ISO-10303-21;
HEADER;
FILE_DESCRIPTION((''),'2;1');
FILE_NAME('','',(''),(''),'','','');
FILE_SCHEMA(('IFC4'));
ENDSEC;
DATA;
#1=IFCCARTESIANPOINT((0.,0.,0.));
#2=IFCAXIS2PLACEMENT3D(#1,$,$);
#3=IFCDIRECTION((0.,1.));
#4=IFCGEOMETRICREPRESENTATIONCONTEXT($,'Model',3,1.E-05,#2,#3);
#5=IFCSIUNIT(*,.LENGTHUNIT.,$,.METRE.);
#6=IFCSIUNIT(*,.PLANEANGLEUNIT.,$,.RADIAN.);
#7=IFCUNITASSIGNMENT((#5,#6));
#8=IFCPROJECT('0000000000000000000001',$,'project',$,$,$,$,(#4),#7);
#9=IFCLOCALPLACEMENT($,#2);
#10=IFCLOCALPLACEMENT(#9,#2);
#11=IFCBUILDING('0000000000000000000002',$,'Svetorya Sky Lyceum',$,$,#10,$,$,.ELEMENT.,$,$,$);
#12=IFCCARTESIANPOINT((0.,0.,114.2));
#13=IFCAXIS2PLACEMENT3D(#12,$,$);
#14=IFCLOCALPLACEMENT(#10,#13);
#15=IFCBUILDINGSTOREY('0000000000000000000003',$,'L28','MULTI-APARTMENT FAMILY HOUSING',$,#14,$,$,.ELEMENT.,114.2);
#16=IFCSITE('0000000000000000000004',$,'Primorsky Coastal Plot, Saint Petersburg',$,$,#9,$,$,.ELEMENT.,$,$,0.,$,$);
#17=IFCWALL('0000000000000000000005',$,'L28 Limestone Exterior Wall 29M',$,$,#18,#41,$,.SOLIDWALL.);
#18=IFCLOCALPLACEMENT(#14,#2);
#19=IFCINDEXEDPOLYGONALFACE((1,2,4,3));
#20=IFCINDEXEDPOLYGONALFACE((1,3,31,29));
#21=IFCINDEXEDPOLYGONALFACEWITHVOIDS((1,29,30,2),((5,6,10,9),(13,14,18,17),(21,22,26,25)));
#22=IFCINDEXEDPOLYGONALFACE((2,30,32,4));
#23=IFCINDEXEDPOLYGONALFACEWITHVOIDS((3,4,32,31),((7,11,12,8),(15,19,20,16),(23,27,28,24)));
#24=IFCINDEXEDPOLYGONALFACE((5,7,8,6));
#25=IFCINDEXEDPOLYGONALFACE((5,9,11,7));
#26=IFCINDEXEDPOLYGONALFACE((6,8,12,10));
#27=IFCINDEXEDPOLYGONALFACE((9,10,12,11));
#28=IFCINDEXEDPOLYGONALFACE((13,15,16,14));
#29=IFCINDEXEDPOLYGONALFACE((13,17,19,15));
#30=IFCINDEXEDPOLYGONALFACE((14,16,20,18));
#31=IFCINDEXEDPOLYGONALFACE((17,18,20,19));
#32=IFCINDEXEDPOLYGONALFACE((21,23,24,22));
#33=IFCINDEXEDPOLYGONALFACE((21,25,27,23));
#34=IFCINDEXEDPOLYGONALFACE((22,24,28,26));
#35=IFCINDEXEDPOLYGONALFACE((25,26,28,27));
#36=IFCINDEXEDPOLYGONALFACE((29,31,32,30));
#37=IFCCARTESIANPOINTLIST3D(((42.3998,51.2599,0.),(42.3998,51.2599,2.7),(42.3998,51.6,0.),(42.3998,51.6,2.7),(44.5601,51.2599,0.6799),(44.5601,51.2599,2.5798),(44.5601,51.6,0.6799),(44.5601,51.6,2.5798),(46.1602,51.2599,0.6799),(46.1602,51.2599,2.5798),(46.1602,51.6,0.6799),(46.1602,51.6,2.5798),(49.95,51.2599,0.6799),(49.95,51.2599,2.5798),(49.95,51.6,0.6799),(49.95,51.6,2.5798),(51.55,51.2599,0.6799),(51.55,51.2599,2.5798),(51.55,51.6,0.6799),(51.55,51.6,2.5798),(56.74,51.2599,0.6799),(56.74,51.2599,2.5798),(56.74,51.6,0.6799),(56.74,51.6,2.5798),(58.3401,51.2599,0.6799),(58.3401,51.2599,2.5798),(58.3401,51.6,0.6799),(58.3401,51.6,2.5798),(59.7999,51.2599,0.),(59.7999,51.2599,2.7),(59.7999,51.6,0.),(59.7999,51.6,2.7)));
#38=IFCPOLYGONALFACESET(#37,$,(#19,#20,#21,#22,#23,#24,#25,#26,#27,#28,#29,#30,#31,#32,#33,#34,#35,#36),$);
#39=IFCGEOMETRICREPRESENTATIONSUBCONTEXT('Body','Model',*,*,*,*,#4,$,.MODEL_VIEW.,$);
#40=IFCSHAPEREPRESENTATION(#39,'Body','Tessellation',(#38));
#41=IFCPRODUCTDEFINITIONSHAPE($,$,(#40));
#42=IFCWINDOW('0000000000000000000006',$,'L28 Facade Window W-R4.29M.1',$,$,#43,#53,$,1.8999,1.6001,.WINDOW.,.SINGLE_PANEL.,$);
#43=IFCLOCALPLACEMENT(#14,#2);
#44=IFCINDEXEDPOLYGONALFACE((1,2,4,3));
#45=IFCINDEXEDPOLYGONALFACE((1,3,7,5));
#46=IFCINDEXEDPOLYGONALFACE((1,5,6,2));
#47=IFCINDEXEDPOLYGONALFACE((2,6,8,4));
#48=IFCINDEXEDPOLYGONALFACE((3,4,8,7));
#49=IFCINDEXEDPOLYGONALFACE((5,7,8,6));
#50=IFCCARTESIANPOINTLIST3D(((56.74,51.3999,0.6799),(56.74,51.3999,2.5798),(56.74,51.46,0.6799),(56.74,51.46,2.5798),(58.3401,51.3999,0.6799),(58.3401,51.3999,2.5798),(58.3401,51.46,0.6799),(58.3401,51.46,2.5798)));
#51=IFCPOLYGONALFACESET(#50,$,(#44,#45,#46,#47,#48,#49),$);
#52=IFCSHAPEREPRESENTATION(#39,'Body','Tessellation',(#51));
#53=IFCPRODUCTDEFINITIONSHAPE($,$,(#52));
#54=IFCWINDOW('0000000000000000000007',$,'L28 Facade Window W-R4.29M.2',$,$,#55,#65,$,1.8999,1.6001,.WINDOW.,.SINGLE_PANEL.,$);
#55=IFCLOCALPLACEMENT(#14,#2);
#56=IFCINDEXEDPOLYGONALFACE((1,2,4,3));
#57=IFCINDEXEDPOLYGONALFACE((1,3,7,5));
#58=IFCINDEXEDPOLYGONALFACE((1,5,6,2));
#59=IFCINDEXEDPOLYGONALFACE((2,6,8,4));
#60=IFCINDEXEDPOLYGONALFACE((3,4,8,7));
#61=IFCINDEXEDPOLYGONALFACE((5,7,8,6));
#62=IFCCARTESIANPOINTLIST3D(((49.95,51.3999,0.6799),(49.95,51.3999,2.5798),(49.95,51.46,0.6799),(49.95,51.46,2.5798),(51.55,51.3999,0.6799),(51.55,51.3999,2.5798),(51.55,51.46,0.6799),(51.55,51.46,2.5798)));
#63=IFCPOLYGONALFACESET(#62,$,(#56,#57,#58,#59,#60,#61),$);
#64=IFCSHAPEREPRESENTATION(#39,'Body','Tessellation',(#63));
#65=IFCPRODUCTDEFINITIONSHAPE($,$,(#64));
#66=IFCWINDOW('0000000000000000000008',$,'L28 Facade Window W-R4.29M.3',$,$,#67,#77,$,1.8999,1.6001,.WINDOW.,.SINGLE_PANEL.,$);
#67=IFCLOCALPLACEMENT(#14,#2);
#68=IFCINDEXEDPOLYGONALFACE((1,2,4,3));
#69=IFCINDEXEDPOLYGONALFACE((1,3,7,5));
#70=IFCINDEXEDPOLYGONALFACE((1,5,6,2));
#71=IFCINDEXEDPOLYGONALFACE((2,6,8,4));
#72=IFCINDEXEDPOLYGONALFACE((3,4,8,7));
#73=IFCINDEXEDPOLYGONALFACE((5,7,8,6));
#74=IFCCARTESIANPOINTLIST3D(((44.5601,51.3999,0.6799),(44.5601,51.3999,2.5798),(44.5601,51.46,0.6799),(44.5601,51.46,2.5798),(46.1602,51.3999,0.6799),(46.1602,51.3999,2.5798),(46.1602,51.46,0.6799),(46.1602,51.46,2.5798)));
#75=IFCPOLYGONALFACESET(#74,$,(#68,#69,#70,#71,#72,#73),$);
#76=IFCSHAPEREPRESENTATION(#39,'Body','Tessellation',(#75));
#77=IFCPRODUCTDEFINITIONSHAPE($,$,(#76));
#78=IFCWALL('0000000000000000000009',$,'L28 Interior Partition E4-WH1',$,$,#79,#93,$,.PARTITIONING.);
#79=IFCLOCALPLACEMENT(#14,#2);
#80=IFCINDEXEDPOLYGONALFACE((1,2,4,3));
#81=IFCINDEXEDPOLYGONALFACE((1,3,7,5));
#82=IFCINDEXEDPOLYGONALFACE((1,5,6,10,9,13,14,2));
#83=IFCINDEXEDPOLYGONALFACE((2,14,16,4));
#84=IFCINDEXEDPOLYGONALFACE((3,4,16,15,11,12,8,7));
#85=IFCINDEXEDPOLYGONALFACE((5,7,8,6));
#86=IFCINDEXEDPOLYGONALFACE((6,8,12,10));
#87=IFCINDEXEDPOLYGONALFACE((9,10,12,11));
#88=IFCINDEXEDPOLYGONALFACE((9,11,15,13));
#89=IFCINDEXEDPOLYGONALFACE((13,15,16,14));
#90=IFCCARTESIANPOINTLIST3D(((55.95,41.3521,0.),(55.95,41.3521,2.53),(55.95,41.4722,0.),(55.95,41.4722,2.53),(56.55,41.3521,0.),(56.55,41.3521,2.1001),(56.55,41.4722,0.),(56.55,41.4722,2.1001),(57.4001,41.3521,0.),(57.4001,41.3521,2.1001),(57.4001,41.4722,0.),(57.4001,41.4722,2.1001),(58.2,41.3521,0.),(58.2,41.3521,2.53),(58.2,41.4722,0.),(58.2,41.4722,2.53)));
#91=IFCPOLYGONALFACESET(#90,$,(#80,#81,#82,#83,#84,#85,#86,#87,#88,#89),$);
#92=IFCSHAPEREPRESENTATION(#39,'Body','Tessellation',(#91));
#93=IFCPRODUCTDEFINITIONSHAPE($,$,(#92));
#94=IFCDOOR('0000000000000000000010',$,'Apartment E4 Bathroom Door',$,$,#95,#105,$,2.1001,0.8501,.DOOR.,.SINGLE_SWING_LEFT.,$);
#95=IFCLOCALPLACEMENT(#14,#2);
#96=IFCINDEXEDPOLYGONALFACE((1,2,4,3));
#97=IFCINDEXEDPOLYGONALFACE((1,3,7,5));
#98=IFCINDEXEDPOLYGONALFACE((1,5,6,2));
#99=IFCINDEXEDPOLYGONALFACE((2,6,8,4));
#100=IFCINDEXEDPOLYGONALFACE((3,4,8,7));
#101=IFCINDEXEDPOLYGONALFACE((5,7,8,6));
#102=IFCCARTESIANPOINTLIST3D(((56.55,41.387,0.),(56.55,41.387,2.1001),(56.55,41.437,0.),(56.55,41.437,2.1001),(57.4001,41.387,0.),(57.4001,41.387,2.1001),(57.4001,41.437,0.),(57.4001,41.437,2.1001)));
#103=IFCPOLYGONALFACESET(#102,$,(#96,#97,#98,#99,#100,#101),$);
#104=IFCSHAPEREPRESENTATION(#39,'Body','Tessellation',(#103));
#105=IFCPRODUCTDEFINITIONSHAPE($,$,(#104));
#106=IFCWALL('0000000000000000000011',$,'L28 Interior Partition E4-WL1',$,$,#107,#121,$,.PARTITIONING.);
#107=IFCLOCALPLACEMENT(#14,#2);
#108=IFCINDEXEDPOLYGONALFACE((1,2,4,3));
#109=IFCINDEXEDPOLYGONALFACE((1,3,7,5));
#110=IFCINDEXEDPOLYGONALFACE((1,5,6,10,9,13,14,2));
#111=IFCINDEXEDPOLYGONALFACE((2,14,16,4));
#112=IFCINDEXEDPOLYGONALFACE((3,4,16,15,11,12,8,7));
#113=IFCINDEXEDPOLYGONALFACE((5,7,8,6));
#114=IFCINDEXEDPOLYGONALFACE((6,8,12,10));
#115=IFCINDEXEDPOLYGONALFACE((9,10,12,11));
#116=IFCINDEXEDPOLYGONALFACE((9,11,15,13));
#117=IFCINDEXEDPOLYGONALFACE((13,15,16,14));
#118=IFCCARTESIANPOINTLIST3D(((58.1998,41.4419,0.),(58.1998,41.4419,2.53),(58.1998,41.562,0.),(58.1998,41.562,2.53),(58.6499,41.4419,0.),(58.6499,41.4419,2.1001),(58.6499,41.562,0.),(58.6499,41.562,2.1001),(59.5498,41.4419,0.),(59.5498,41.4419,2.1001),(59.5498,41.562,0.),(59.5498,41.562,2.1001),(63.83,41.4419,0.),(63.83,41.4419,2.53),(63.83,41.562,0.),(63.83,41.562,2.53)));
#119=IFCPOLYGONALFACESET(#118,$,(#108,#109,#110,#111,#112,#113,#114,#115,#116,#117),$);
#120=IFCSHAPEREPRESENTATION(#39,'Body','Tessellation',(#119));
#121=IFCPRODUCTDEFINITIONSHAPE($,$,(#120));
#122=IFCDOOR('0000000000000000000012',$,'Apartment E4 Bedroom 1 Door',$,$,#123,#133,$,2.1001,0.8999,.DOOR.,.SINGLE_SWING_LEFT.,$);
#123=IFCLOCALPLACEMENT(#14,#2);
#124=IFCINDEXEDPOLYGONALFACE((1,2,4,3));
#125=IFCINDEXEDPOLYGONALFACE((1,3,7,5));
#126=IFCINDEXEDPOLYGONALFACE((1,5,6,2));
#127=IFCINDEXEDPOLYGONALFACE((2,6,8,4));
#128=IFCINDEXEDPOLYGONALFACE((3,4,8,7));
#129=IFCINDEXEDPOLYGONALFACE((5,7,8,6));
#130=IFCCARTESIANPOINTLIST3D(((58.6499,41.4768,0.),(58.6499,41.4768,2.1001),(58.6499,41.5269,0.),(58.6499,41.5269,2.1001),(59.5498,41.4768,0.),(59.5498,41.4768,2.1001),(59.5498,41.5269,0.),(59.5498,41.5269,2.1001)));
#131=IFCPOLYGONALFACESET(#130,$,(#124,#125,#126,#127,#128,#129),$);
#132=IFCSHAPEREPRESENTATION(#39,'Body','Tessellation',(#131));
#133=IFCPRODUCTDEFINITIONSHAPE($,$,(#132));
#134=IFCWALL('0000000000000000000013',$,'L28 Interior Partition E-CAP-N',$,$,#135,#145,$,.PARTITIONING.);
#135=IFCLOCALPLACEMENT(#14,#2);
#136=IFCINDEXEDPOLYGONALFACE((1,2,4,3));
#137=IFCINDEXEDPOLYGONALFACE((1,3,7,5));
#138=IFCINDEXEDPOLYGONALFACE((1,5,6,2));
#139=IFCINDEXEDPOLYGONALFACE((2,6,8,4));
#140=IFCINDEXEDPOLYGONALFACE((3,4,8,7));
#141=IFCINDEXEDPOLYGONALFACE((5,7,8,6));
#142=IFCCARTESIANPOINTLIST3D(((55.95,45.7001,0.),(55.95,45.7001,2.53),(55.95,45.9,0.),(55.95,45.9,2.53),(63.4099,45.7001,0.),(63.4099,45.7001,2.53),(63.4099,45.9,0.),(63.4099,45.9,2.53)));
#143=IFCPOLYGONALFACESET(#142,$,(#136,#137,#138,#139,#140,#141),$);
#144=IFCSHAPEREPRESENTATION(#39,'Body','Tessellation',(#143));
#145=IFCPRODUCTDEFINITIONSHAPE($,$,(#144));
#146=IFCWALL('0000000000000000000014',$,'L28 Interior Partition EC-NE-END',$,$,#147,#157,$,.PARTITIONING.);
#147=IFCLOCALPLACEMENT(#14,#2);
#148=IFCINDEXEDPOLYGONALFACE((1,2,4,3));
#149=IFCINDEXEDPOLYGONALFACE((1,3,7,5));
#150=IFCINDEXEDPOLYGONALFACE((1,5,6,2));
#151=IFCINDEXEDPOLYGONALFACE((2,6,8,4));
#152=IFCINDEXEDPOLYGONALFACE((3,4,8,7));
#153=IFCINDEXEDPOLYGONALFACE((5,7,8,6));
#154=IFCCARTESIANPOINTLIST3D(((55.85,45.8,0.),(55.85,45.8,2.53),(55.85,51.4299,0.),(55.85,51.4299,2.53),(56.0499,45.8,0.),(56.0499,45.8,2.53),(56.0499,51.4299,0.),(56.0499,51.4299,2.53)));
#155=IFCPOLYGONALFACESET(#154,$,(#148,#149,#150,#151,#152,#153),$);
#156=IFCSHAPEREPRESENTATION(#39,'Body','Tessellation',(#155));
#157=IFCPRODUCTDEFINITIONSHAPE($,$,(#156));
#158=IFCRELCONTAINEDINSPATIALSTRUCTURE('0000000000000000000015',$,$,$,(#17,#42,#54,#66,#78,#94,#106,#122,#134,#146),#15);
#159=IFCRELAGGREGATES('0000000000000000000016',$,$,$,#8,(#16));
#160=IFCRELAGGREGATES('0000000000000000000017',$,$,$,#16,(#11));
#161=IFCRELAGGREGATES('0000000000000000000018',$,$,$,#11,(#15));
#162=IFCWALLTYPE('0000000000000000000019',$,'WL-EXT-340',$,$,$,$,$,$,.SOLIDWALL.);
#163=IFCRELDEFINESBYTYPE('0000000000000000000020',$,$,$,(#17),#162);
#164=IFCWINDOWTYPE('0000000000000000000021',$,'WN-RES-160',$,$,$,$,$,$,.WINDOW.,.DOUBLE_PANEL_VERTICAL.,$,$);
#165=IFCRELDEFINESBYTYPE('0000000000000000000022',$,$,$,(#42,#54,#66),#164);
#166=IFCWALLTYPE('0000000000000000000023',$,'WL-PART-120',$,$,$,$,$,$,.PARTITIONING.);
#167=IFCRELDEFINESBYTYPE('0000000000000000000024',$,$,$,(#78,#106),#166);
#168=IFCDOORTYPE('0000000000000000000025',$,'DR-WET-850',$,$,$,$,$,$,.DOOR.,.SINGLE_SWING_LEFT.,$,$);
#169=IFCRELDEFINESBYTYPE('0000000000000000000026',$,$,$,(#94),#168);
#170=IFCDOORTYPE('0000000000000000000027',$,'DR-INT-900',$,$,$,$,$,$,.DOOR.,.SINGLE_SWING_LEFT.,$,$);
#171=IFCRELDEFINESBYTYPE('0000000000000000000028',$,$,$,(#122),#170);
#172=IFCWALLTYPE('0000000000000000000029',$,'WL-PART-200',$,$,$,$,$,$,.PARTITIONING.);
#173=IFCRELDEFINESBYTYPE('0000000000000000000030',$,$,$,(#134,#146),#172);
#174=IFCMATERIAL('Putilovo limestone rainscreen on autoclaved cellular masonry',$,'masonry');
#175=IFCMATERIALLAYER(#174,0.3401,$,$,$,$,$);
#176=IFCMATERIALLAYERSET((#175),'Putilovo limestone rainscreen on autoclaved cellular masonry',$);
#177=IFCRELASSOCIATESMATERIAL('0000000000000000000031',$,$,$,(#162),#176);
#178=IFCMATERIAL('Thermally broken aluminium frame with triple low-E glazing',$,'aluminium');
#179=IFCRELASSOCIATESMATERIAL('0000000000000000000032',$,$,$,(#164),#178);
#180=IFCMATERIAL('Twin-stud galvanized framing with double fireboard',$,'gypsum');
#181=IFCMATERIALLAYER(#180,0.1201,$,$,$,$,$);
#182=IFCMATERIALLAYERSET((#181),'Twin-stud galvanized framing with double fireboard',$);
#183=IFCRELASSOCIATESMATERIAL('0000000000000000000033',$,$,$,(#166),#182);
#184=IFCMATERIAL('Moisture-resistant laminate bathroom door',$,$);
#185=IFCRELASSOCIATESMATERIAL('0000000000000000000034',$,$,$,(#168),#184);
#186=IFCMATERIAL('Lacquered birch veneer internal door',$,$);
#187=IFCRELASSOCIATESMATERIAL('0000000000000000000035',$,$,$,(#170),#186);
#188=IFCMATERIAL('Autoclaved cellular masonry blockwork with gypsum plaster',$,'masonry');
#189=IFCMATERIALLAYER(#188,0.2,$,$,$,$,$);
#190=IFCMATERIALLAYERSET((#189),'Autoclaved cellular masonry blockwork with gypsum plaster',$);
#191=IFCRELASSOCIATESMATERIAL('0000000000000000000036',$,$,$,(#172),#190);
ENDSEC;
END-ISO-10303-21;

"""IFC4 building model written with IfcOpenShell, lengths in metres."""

from ifc_helpers import new_model, si_unit, direction, frame, frame_2d, origin, place, context, subcontext, project, spatial, rectangle, extrude, material, layer, layer_set, type_object, element, fill, save


model = new_model("IFC4")

# Units and contexts
model_context = context("Model", 3, precision=1e-05, world=origin(), true_north=direction((0.0, 1.0)))
body_context = subcontext(model_context, "Body", "Model", "MODEL_VIEW")
ifc_project = project(units=[si_unit("LENGTHUNIT", "METRE"), si_unit("PLANEANGLEUNIT", "RADIAN")], contexts=[model_context])

# Site, building, storey
site_placement = place(None, origin())
site = spatial("IfcSite", under=ifc_project, at=site_placement, Name="Primorsky Coastal Plot, Saint Petersburg", CompositionType="ELEMENT", RefElevation=0.0)
building_placement = place(site_placement, origin())
building = spatial("IfcBuilding", under=site, at=building_placement, Name="Svetorya Sky Lyceum", CompositionType="ELEMENT")
storey_placement = place(building_placement, frame((0.0, 0.0, 114.2)))
storey = spatial("IfcBuildingStorey", under=building, at=storey_placement, Name="L28", Description="MULTI-APARTMENT FAMILY HOUSING", CompositionType="ELEMENT", Elevation=114.2)

# Shared definitions
ifc_material_1 = material(Name="Putilovo limestone rainscreen on autoclaved cellular masonry", Category="masonry")
ifc_layer_1 = layer(ifc_material_1, 0.3401)
ifc_layer_set_1 = layer_set([ifc_layer_1], Name="Putilovo limestone rainscreen on autoclaved cellular masonry")
wall_type_1 = type_object("IfcWallType", Name="WL-EXT-340", PredefinedType="SOLIDWALL", material=ifc_layer_set_1)

# Wall, openings, windows
wall_1_placement = place(storey_placement, frame((59.8, 51.4299, 0.0), z_axis=(0.0, 0.0, 1.0), x_axis=(-1.0, 0.0, 0.0)))
wall_1 = element("IfcWall", 1, at=wall_1_placement, inside=storey, type_object=wall_type_1, Name="L28 Limestone Exterior Wall 29M", PredefinedType="SOLIDWALL", context=body_context, shape_type="SweptSolid", body=[
    extrude(rectangle(XDim=17.4001, YDim=0.3401, at=frame_2d((8.7002, 0.0))), origin(), (0.0, 0.0, 1.0), 2.7),
])
opening_1_placement = place(wall_1_placement, frame((1.46, 0.0, 0.6799)))
opening_1 = element("IfcOpeningElement", 2, at=opening_1_placement, cuts=wall_1, PredefinedType="OPENING", context=body_context, shape_type="SweptSolid", body=[
    extrude(rectangle(XDim=1.6001, YDim=1.8999, at=frame_2d((0.8, 0.95))), frame((0.0, 0.1799, 0.0), z_axis=(0.0, -1.0, 0.0), x_axis=(1.0, 0.0, 0.0)), (0.0, 0.0, 1.0), 0.3601),
])
opening_2_placement = place(wall_1_placement, frame((8.25, 0.0, 0.6799)))
opening_2 = element("IfcOpeningElement", 3, at=opening_2_placement, cuts=wall_1, PredefinedType="OPENING", context=body_context, shape_type="SweptSolid", body=[
    extrude(rectangle(XDim=1.6001, YDim=1.8999, at=frame_2d((0.8, 0.95))), frame((0.0, 0.1799, 0.0), z_axis=(0.0, -1.0, 0.0), x_axis=(1.0, 0.0, 0.0)), (0.0, 0.0, 1.0), 0.3601),
])
opening_3_placement = place(wall_1_placement, frame((13.6399, 0.0, 0.6799)))
opening_3 = element("IfcOpeningElement", 4, at=opening_3_placement, cuts=wall_1, PredefinedType="OPENING", context=body_context, shape_type="SweptSolid", body=[
    extrude(rectangle(XDim=1.6001, YDim=1.8999, at=frame_2d((0.8, 0.95))), frame((0.0, 0.1799, 0.0), z_axis=(0.0, -1.0, 0.0), x_axis=(1.0, 0.0, 0.0)), (0.0, 0.0, 1.0), 0.3601),
])
ifc_material_2 = material(Name="Thermally broken aluminium frame with triple low-E glazing", Category="aluminium")
window_type = type_object("IfcWindowType", Name="WN-RES-160", PartitioningType="DOUBLE_PANEL_VERTICAL", PredefinedType="WINDOW", material=ifc_material_2)
window_1_placement = place(opening_1_placement, origin())
window_1 = element("IfcWindow", 5, at=window_1_placement, inside=storey, type_object=window_type, Name="L28 Facade Window W-R4.29M.1", OverallHeight=1.8999, OverallWidth=1.6001, PartitioningType="SINGLE_PANEL", PredefinedType="WINDOW", context=body_context, shape_type="SweptSolid", body=[
    extrude(rectangle(XDim=1.6001, YDim=1.8999, at=frame_2d((0.8, 0.95))), frame((0.0, 0.03, 0.0), z_axis=(0.0, -1.0, 0.0), x_axis=(1.0, 0.0, 0.0)), (0.0, 0.0, 1.0), 0.0601),
])
fill(opening_1, window_1)
window_2_placement = place(opening_2_placement, origin())
window_2 = element("IfcWindow", 6, at=window_2_placement, inside=storey, type_object=window_type, Name="L28 Facade Window W-R4.29M.2", OverallHeight=1.8999, OverallWidth=1.6001, PartitioningType="SINGLE_PANEL", PredefinedType="WINDOW", context=body_context, shape_type="SweptSolid", body=[
    extrude(rectangle(XDim=1.6001, YDim=1.8999, at=frame_2d((0.8, 0.95))), frame((0.0, 0.03, 0.0), z_axis=(0.0, -1.0, 0.0), x_axis=(1.0, 0.0, 0.0)), (0.0, 0.0, 1.0), 0.0601),
])
fill(opening_2, window_2)
window_3_placement = place(opening_3_placement, origin())
window_3 = element("IfcWindow", 7, at=window_3_placement, inside=storey, type_object=window_type, Name="L28 Facade Window W-R4.29M.3", OverallHeight=1.8999, OverallWidth=1.6001, PartitioningType="SINGLE_PANEL", PredefinedType="WINDOW", context=body_context, shape_type="SweptSolid", body=[
    extrude(rectangle(XDim=1.6001, YDim=1.8999, at=frame_2d((0.8, 0.95))), frame((0.0, 0.03, 0.0), z_axis=(0.0, -1.0, 0.0), x_axis=(1.0, 0.0, 0.0)), (0.0, 0.0, 1.0), 0.0601),
])
fill(opening_3, window_3)

# Walls, openings, doors
ifc_material_3 = material(Name="Twin-stud galvanized framing with double fireboard", Category="gypsum")
ifc_layer_2 = layer(ifc_material_3, 0.1201)
ifc_layer_set_2 = layer_set([ifc_layer_2], Name="Twin-stud galvanized framing with double fireboard")
wall_type_2 = type_object("IfcWallType", Name="WL-PART-120", PredefinedType="PARTITIONING", material=ifc_layer_set_2)
wall_2_placement = place(storey_placement, frame((55.95, 41.4121, 0.0), z_axis=(0.0, 0.0, 1.0), x_axis=(1.0, 0.0, 0.0)))
wall_2 = element("IfcWall", 8, at=wall_2_placement, inside=storey, type_object=wall_type_2, Name="L28 Interior Partition E4-WH1", PredefinedType="PARTITIONING", context=body_context, shape_type="SweptSolid", body=[
    extrude(rectangle(XDim=2.25, YDim=0.1201, at=frame_2d((1.125, 0.0))), origin(), (0.0, 0.0, 1.0), 2.53),
])
opening_4_placement = place(wall_2_placement, frame((0.6001, 0.0, 0.0)))
opening_4 = element("IfcOpeningElement", 9, at=opening_4_placement, cuts=wall_2, PredefinedType="OPENING", context=body_context, shape_type="SweptSolid", body=[
    extrude(rectangle(XDim=0.8501, YDim=2.1001, at=frame_2d((0.425, 1.05))), frame((0.0, 0.0701, 0.0), z_axis=(0.0, -1.0, 0.0), x_axis=(1.0, 0.0, 0.0)), (0.0, 0.0, 1.0), 0.1401),
])
ifc_material_4 = material(Name="Moisture-resistant laminate bathroom door")
door_type_1 = type_object("IfcDoorType", Name="DR-WET-850", OperationType="SINGLE_SWING_LEFT", PredefinedType="DOOR", material=ifc_material_4)
door_1_placement = place(opening_4_placement, origin())
door_1 = element("IfcDoor", 10, at=door_1_placement, inside=storey, type_object=door_type_1, Name="Apartment E4 Bathroom Door", OperationType="SINGLE_SWING_LEFT", OverallHeight=2.1001, OverallWidth=0.8501, PredefinedType="DOOR", context=body_context, shape_type="SweptSolid", body=[
    extrude(rectangle(XDim=0.8501, YDim=2.1001, at=frame_2d((0.425, 1.05))), frame((0.0, 0.0249, 0.0), z_axis=(0.0, -1.0, 0.0), x_axis=(1.0, 0.0, 0.0)), (0.0, 0.0, 1.0), 0.05),
])
fill(opening_4, door_1)
wall_3_placement = place(storey_placement, frame((58.2, 41.502, 0.0), z_axis=(0.0, 0.0, 1.0), x_axis=(1.0, 0.0, 0.0)))
wall_3 = element("IfcWall", 11, at=wall_3_placement, inside=storey, type_object=wall_type_2, Name="L28 Interior Partition E4-WL1", PredefinedType="PARTITIONING", context=body_context, shape_type="SweptSolid", body=[
    extrude(rectangle(XDim=5.6301, YDim=0.1201, at=frame_2d((2.8149, 0.0))), origin(), (0.0, 0.0, 1.0), 2.53),
])
opening_5_placement = place(wall_3_placement, frame((0.45, 0.0, 0.0)))
opening_5 = element("IfcOpeningElement", 12, at=opening_5_placement, cuts=wall_3, PredefinedType="OPENING", context=body_context, shape_type="SweptSolid", body=[
    extrude(rectangle(XDim=0.8999, YDim=2.1001, at=frame_2d((0.45, 1.05))), frame((0.0, 0.0701, 0.0), z_axis=(0.0, -1.0, 0.0), x_axis=(1.0, 0.0, 0.0)), (0.0, 0.0, 1.0), 0.1401),
])
ifc_material_5 = material(Name="Lacquered birch veneer internal door")
door_type_2 = type_object("IfcDoorType", Name="DR-INT-900", OperationType="SINGLE_SWING_LEFT", PredefinedType="DOOR", material=ifc_material_5)
door_2_placement = place(opening_5_placement, origin())
door_2 = element("IfcDoor", 13, at=door_2_placement, inside=storey, type_object=door_type_2, Name="Apartment E4 Bedroom 1 Door", OperationType="SINGLE_SWING_LEFT", OverallHeight=2.1001, OverallWidth=0.8999, PredefinedType="DOOR", context=body_context, shape_type="SweptSolid", body=[
    extrude(rectangle(XDim=0.8999, YDim=2.1001, at=frame_2d((0.45, 1.05))), frame((0.0, 0.0249, 0.0), z_axis=(0.0, -1.0, 0.0), x_axis=(1.0, 0.0, 0.0)), (0.0, 0.0, 1.0), 0.05),
])
fill(opening_5, door_2)

# Walls
ifc_material_6 = material(Name="Autoclaved cellular masonry blockwork with gypsum plaster", Category="masonry")
ifc_layer_3 = layer(ifc_material_6, 0.2)
ifc_layer_set_3 = layer_set([ifc_layer_3], Name="Autoclaved cellular masonry blockwork with gypsum plaster")
wall_type_3 = type_object("IfcWallType", Name="WL-PART-200", PredefinedType="PARTITIONING", material=ifc_layer_set_3)
wall_4_placement = place(storey_placement, frame((55.95, 45.8, 0.0), z_axis=(0.0, 0.0, 1.0), x_axis=(1.0, 0.0, 0.0)))
element("IfcWall", 14, at=wall_4_placement, inside=storey, type_object=wall_type_3, Name="L28 Interior Partition E-CAP-N", PredefinedType="PARTITIONING", context=body_context, shape_type="SweptSolid", body=[
    extrude(rectangle(XDim=7.46, YDim=0.2, at=frame_2d((3.73, 0.0))), origin(), (0.0, 0.0, 1.0), 2.53),
])
wall_5_placement = place(storey_placement, frame((55.95, 45.8, 0.0), z_axis=(0.0, 0.0, 1.0), x_axis=(0.0, 1.0, 0.0)))
element("IfcWall", 15, at=wall_5_placement, inside=storey, type_object=wall_type_3, Name="L28 Interior Partition EC-NE-END", PredefinedType="PARTITIONING", context=body_context, shape_type="SweptSolid", body=[
    extrude(rectangle(XDim=5.6299, YDim=0.2, at=frame_2d((2.8149, 0.0))), origin(), (0.0, 0.0, 1.0), 2.53),
])

save(model, "model.ifc")
